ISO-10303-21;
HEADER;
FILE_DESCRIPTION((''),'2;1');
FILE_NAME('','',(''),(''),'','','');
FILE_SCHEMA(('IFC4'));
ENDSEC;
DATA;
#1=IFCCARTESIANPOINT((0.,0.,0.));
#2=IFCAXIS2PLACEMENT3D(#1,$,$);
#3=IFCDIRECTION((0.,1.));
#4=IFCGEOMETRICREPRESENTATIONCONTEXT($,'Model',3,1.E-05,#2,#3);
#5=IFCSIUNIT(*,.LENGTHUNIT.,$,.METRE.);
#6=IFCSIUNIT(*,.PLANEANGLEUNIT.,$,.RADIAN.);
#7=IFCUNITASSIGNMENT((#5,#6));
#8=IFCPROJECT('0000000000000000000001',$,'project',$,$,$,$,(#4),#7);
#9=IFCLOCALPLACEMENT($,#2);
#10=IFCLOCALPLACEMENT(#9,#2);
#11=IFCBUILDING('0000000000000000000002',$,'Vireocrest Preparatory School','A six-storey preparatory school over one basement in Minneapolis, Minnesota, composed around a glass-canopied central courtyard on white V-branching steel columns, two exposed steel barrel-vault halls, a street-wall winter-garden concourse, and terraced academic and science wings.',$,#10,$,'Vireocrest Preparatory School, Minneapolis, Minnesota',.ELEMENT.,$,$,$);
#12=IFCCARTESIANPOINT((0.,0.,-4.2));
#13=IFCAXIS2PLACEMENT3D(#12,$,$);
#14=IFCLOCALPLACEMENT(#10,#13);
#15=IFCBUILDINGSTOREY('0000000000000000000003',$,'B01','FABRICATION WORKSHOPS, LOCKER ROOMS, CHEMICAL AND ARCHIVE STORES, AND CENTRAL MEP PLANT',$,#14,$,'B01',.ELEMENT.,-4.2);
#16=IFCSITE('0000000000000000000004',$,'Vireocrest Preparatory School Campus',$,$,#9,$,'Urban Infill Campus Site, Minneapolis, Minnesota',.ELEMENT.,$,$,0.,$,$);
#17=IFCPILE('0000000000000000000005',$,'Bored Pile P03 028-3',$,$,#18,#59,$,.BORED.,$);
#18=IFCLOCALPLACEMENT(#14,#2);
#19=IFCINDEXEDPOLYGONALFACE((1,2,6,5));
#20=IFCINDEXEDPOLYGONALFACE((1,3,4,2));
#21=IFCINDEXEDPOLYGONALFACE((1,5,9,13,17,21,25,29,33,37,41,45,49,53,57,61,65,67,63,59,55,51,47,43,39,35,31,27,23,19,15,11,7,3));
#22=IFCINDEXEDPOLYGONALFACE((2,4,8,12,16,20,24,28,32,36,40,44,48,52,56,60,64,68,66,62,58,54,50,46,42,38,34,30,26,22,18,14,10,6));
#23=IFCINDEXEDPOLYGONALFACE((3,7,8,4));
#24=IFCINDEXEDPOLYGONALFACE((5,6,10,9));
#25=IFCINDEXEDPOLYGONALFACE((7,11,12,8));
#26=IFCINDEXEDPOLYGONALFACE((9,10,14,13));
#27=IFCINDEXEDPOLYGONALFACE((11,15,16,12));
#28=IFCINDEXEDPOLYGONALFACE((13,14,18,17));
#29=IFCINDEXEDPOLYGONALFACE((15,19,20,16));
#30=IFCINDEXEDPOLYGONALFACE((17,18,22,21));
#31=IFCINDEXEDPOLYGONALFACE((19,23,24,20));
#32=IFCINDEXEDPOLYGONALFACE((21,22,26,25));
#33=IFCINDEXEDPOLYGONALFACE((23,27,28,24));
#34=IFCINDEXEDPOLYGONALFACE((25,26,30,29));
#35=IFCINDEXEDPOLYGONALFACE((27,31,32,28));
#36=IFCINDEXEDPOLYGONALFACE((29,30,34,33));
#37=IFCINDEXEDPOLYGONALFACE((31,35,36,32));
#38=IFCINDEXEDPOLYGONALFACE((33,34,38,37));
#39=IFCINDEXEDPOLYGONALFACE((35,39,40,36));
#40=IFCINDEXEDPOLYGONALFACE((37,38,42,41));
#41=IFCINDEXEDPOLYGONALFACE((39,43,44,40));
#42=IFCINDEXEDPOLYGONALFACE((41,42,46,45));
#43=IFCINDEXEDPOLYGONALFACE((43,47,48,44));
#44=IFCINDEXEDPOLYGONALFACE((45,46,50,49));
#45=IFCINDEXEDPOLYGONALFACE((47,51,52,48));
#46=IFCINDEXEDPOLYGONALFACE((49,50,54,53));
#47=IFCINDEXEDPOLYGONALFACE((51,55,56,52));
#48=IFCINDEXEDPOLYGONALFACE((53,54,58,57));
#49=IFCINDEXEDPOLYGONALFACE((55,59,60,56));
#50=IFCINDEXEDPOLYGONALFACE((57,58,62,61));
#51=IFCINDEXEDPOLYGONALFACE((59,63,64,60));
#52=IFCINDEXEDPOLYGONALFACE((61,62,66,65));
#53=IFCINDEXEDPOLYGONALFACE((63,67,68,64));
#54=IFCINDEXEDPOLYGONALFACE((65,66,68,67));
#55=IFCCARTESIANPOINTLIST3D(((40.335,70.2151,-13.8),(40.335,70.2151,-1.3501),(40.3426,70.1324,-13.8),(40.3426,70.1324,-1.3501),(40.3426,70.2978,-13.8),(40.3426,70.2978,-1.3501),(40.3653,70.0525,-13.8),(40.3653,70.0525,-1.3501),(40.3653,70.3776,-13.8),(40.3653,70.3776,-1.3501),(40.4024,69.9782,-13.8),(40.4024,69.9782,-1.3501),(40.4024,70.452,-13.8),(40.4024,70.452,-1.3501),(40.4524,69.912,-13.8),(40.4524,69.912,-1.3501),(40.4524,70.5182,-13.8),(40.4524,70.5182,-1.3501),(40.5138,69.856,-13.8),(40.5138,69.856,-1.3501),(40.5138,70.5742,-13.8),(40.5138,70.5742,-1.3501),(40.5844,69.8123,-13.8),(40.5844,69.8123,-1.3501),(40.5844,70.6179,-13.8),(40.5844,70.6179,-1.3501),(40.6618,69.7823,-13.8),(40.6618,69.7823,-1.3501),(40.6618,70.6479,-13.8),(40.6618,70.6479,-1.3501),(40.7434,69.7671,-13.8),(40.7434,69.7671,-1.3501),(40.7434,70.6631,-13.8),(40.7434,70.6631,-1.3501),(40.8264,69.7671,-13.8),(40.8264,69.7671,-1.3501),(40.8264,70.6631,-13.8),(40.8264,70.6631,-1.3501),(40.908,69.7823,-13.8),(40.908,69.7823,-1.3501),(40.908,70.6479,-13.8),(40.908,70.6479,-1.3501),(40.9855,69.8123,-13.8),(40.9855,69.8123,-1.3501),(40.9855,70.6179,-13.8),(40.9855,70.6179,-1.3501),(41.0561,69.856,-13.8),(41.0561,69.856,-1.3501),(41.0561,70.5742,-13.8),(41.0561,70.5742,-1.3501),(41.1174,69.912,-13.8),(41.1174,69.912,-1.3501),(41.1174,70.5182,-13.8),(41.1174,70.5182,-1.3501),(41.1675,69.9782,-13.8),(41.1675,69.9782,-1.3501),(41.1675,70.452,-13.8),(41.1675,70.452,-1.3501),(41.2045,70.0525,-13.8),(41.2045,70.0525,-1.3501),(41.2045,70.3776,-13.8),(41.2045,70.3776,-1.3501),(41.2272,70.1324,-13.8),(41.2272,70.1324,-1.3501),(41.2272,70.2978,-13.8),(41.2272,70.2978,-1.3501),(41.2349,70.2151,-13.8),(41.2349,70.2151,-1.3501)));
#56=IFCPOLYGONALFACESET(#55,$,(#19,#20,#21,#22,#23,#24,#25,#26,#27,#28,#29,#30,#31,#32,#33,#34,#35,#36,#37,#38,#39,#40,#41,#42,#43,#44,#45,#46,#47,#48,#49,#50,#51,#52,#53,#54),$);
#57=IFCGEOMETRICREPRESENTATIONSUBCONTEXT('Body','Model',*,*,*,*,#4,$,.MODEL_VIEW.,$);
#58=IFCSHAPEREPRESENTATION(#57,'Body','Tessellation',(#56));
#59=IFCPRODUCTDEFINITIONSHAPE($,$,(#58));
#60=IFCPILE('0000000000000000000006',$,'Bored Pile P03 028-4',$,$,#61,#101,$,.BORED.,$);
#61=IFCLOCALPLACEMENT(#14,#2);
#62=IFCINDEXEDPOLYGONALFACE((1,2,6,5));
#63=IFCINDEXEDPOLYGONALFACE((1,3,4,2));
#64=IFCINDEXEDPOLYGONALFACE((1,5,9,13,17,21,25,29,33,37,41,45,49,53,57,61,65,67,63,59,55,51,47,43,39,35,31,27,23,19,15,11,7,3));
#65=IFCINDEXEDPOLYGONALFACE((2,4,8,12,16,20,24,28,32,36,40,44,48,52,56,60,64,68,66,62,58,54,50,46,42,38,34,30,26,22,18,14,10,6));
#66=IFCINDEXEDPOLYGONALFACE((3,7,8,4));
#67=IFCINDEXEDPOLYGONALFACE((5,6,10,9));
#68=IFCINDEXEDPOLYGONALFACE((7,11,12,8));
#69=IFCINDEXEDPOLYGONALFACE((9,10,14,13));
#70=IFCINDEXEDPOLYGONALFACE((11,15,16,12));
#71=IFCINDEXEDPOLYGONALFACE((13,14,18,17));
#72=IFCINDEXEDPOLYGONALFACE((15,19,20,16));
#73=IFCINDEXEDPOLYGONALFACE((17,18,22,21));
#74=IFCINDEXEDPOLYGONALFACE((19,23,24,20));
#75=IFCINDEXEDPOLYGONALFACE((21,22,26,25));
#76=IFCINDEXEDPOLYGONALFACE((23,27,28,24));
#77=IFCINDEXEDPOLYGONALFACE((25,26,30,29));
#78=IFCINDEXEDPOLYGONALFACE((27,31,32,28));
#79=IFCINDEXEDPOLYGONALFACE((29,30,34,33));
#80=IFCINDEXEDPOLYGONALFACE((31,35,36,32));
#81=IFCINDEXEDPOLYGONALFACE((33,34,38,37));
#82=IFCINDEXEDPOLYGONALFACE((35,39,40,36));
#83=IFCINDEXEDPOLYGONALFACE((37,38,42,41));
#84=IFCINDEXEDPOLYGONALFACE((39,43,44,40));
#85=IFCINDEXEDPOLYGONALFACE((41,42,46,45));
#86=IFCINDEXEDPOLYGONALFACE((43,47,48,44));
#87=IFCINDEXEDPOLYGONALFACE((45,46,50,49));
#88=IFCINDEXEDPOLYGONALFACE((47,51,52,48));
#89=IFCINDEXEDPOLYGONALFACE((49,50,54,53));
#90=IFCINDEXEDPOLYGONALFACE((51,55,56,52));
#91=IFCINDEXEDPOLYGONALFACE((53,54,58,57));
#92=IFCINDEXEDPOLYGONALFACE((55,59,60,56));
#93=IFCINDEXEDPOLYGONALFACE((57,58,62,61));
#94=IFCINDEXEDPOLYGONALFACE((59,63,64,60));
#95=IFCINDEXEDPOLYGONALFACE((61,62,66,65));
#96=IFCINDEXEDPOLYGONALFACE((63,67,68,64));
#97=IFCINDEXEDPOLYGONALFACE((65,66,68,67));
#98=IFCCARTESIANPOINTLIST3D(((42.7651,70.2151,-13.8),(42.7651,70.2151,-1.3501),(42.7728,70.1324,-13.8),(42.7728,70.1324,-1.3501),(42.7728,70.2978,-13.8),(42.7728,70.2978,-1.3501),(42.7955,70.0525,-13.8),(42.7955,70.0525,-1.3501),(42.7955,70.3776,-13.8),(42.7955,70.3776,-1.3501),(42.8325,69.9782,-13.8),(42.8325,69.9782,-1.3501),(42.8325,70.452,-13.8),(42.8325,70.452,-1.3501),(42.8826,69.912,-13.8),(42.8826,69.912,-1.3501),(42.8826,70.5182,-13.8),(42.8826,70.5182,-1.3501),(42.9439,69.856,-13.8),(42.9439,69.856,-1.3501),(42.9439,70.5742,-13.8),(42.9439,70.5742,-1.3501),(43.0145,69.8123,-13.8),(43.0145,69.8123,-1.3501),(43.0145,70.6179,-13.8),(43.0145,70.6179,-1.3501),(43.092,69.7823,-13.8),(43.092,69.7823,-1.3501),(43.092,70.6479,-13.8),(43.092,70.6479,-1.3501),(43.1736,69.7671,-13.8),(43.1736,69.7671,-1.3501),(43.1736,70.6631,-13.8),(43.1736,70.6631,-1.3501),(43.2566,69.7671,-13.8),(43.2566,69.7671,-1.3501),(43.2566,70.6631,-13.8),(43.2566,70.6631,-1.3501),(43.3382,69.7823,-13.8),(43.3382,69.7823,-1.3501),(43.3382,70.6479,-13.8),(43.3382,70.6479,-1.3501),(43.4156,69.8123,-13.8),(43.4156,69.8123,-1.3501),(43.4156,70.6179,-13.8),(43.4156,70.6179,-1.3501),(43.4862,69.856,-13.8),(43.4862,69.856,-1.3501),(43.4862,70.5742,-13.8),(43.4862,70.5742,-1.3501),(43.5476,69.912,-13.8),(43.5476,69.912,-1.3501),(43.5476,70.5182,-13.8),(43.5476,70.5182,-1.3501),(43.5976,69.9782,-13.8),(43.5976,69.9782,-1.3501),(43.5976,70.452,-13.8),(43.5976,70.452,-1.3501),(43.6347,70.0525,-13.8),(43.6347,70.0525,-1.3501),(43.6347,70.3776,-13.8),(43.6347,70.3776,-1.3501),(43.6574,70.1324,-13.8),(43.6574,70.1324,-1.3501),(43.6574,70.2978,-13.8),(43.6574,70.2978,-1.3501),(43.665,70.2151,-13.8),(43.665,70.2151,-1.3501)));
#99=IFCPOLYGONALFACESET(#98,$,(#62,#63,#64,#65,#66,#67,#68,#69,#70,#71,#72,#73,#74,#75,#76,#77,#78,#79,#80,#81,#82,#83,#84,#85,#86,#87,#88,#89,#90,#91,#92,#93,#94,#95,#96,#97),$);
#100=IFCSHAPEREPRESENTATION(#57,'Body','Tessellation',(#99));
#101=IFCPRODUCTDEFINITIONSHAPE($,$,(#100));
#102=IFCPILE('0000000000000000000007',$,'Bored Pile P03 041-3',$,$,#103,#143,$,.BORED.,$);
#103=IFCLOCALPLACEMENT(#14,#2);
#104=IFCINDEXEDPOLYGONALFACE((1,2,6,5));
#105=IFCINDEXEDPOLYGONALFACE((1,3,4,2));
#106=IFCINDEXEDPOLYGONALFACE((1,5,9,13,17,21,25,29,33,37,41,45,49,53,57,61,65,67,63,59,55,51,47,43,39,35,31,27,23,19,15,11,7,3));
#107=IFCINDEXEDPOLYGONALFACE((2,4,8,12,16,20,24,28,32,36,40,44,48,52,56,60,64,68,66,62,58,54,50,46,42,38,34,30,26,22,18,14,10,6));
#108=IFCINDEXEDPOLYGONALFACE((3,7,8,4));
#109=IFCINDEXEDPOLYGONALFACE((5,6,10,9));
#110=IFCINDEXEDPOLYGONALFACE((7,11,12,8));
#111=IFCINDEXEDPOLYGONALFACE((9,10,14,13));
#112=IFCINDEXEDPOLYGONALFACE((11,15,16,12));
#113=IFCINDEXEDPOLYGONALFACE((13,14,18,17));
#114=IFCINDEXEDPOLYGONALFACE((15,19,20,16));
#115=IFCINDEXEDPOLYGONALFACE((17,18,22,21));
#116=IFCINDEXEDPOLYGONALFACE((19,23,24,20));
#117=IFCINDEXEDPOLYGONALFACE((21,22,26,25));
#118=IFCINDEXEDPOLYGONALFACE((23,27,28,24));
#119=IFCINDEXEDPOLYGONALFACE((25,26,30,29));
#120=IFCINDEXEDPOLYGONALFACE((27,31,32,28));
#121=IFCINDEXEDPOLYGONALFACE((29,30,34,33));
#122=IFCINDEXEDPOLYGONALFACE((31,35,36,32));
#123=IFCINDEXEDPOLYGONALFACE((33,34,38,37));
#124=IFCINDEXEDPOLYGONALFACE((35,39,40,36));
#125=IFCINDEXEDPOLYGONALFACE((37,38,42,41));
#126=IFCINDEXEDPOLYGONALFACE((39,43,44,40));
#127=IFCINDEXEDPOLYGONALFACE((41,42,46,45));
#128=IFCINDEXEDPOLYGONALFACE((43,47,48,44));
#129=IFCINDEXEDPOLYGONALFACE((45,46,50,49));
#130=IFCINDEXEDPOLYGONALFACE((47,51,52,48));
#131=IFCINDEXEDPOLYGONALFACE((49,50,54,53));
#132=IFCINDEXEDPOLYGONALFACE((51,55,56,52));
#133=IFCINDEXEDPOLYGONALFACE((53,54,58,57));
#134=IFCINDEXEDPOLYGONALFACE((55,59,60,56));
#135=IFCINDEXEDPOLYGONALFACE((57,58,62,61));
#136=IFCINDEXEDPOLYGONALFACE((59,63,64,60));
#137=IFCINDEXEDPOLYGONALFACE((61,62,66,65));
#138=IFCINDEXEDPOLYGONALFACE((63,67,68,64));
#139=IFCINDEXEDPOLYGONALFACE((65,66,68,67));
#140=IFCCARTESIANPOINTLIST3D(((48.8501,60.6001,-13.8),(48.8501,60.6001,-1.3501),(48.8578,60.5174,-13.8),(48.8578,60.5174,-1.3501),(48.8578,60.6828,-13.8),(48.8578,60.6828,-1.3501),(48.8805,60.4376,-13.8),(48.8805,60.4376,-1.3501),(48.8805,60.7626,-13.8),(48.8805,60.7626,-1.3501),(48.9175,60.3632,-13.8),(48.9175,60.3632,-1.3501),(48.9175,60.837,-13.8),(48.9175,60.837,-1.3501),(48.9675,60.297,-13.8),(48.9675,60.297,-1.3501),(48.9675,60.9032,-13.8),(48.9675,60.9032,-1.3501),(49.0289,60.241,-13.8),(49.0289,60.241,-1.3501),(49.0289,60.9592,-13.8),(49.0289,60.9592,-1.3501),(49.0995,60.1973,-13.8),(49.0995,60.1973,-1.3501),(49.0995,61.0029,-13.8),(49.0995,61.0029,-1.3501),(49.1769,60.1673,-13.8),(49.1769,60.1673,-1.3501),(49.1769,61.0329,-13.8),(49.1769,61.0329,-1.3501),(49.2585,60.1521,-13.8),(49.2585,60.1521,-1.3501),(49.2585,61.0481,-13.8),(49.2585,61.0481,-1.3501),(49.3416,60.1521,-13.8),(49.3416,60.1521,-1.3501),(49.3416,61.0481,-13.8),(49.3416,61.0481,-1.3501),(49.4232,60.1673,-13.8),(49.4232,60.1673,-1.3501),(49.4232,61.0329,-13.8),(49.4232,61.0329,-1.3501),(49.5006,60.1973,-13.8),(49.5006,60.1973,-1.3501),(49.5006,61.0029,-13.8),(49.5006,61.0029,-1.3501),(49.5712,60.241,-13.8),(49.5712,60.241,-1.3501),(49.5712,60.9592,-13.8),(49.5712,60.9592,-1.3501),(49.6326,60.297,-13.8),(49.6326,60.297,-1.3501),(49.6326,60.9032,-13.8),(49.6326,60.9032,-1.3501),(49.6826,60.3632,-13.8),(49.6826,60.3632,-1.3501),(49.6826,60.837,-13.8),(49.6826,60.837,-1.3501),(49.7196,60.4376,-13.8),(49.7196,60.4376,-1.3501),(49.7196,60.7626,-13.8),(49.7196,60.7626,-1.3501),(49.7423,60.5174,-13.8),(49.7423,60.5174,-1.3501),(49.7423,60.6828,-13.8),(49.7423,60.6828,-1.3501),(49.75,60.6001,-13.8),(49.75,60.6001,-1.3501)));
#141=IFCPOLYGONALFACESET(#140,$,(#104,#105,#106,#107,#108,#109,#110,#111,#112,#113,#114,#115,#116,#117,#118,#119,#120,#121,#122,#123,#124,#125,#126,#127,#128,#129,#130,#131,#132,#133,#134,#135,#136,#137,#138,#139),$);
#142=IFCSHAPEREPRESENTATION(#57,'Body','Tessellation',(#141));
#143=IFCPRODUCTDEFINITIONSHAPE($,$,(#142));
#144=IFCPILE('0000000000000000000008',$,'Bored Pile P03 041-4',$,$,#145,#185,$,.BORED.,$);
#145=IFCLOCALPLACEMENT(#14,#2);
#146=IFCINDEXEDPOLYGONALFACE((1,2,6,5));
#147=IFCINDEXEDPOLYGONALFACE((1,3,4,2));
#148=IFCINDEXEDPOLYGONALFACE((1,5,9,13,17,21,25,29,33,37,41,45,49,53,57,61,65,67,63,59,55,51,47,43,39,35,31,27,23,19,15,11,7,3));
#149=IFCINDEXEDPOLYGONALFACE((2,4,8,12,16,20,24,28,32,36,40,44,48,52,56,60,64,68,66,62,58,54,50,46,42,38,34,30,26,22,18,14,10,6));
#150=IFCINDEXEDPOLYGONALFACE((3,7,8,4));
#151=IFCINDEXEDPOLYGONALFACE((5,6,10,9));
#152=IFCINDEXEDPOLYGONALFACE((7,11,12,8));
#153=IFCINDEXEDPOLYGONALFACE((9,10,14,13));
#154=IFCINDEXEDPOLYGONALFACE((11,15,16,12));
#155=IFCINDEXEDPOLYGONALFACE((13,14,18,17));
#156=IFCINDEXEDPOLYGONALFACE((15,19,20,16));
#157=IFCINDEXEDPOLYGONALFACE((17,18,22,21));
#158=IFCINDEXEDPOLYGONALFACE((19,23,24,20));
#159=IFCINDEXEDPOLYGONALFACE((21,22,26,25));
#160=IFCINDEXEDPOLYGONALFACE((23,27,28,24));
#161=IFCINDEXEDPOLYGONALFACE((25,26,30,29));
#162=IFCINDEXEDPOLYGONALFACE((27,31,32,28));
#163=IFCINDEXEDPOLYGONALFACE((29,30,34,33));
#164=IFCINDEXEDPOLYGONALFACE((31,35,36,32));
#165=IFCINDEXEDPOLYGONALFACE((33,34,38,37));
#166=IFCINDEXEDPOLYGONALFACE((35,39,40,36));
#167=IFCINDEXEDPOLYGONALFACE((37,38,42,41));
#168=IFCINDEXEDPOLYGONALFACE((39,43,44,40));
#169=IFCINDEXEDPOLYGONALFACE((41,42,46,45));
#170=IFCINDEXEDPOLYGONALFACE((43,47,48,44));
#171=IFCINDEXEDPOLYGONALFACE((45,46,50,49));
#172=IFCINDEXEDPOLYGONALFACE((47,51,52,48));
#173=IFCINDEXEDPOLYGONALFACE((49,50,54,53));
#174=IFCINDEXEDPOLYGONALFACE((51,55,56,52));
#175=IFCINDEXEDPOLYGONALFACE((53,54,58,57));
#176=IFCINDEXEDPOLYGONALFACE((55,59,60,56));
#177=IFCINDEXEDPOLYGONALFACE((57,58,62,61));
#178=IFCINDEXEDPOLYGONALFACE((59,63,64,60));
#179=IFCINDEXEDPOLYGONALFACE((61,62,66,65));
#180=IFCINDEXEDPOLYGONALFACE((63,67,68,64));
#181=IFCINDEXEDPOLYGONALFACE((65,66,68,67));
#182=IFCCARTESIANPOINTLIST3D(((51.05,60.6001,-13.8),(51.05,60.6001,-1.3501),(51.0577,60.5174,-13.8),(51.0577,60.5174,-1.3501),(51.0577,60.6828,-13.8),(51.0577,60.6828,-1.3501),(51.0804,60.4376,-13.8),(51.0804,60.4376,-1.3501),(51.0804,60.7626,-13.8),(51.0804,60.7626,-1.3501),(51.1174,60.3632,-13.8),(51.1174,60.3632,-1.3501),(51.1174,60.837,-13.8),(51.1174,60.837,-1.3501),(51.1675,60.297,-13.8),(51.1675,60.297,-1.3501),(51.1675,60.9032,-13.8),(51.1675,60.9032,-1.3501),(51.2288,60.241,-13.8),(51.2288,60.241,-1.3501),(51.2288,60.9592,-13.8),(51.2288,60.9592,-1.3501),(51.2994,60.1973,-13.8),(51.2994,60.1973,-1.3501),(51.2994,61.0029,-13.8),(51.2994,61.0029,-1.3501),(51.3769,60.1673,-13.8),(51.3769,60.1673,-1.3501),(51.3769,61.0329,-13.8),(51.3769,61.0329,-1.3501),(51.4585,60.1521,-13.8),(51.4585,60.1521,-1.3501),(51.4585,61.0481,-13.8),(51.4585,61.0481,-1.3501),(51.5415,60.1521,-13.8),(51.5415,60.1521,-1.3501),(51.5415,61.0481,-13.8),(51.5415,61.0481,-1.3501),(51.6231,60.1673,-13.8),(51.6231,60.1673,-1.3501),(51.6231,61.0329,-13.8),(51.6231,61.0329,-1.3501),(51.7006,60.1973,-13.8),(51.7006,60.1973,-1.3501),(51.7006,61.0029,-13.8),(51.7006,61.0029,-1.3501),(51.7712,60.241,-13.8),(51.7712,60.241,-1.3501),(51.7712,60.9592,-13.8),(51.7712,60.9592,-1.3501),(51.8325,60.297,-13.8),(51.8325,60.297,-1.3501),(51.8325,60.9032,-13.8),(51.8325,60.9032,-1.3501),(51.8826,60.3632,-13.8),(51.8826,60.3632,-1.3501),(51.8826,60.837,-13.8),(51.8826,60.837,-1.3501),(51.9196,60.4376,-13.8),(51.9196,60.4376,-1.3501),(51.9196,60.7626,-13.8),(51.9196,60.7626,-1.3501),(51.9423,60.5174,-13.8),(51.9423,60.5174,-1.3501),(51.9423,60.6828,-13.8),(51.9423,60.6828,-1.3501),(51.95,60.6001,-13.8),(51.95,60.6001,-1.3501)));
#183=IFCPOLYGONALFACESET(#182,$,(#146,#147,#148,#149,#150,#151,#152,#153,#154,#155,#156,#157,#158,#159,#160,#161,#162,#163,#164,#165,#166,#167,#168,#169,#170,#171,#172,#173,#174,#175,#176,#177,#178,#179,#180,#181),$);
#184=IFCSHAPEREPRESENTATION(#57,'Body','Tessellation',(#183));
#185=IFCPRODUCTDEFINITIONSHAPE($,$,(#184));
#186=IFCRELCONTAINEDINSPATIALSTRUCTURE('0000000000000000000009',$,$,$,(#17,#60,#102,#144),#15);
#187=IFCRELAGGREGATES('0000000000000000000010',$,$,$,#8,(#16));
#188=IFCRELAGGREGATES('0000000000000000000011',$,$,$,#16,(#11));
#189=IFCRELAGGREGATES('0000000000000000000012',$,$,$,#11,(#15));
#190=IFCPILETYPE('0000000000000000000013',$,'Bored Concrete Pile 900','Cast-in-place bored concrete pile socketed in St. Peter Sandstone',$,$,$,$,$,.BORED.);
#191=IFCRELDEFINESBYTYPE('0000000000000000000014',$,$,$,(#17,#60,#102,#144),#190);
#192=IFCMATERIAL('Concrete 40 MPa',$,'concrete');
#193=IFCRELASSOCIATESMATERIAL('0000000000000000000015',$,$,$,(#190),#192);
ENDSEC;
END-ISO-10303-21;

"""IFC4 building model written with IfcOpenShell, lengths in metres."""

from ifc_helpers import new_model, si_unit, direction, frame, origin, origin_2d, place, context, subcontext, project, spatial, circle, extrude, material, material_profile, profile_set, type_object, element, save


model = new_model("IFC4")

# Units and contexts
model_context = context("Model", 3, precision=1e-05, world=origin(), true_north=direction((0.0, 1.0)))
body_context = subcontext(model_context, "Body", "Model", "MODEL_VIEW")
ifc_project = project(units=[si_unit("LENGTHUNIT", "METRE"), si_unit("PLANEANGLEUNIT", "RADIAN")], contexts=[model_context])

# Site, building, storey
site_placement = place(None, origin())
site = spatial("IfcSite", under=ifc_project, at=site_placement, Name="Vireocrest Preparatory School Campus", LongName="Urban Infill Campus Site, Minneapolis, Minnesota", CompositionType="ELEMENT", RefElevation=0.0)
building_placement = place(site_placement, origin())
building = spatial("IfcBuilding", under=site, at=building_placement, Name="Vireocrest Preparatory School", Description="A six-storey preparatory school over one basement in Minneapolis, Minnesota, composed around a glass-canopied central courtyard on white V-branching steel columns, two exposed steel barrel-vault halls, a street-wall winter-garden concourse, and terraced academic and science wings.", LongName="Vireocrest Preparatory School, Minneapolis, Minnesota", CompositionType="ELEMENT")
storey_placement = place(building_placement, frame((0.0, 0.0, -4.2)))
storey = spatial("IfcBuildingStorey", under=building, at=storey_placement, Name="B01", Description="FABRICATION WORKSHOPS, LOCKER ROOMS, CHEMICAL AND ARCHIVE STORES, AND CENTRAL MEP PLANT", LongName="B01", CompositionType="ELEMENT", Elevation=-4.2)

# Piles
ifc_material_1 = material(Name="Concrete 40 MPa", Category="concrete")
ifc_material_profile_1 = material_profile(ifc_material_1, circle(Radius=0.45, at=origin_2d()), Name="BORED PILE 900")
ifc_profile_set_1 = profile_set([ifc_material_profile_1], Name="Concrete 40 MPa")
pile_type = type_object("IfcPileType", Name="Bored Concrete Pile 900", Description="Cast-in-place bored concrete pile socketed in St. Peter Sandstone", PredefinedType="BORED", material=ifc_profile_set_1)
for number, where, z_axis, x_axis, name in (
    (1, (40.7849, 70.2151, -1.3501), (0.0, 0.0, -1.0), (1.0, 0.0, 0.0), "Bored Pile P03 028-3"),
    (2, (43.2151, 70.2151, -1.3501), (0.0, 0.0, -1.0), (1.0, 0.0, 0.0), "Bored Pile P03 028-4"),
    (3, (49.3, 60.6001, -1.3501), (0.0, 0.0, -1.0), (1.0, 0.0, 0.0), "Bored Pile P03 041-3"),
    (4, (51.5, 60.6001, -1.3501), (0.0, 0.0, -1.0), (1.0, 0.0, 0.0), "Bored Pile P03 041-4"),
):
    element("IfcPile", number, at=place(storey_placement, frame(where, z_axis=z_axis, x_axis=x_axis)), inside=storey, type_object=pile_type, Name=name, PredefinedType="BORED", context=body_context, shape_type="SweptSolid", body=[
        extrude(circle(Radius=0.45, at=origin_2d()), origin(), (0.0, 0.0, 1.0), 12.45),
    ])

save(model, "model.ifc")
